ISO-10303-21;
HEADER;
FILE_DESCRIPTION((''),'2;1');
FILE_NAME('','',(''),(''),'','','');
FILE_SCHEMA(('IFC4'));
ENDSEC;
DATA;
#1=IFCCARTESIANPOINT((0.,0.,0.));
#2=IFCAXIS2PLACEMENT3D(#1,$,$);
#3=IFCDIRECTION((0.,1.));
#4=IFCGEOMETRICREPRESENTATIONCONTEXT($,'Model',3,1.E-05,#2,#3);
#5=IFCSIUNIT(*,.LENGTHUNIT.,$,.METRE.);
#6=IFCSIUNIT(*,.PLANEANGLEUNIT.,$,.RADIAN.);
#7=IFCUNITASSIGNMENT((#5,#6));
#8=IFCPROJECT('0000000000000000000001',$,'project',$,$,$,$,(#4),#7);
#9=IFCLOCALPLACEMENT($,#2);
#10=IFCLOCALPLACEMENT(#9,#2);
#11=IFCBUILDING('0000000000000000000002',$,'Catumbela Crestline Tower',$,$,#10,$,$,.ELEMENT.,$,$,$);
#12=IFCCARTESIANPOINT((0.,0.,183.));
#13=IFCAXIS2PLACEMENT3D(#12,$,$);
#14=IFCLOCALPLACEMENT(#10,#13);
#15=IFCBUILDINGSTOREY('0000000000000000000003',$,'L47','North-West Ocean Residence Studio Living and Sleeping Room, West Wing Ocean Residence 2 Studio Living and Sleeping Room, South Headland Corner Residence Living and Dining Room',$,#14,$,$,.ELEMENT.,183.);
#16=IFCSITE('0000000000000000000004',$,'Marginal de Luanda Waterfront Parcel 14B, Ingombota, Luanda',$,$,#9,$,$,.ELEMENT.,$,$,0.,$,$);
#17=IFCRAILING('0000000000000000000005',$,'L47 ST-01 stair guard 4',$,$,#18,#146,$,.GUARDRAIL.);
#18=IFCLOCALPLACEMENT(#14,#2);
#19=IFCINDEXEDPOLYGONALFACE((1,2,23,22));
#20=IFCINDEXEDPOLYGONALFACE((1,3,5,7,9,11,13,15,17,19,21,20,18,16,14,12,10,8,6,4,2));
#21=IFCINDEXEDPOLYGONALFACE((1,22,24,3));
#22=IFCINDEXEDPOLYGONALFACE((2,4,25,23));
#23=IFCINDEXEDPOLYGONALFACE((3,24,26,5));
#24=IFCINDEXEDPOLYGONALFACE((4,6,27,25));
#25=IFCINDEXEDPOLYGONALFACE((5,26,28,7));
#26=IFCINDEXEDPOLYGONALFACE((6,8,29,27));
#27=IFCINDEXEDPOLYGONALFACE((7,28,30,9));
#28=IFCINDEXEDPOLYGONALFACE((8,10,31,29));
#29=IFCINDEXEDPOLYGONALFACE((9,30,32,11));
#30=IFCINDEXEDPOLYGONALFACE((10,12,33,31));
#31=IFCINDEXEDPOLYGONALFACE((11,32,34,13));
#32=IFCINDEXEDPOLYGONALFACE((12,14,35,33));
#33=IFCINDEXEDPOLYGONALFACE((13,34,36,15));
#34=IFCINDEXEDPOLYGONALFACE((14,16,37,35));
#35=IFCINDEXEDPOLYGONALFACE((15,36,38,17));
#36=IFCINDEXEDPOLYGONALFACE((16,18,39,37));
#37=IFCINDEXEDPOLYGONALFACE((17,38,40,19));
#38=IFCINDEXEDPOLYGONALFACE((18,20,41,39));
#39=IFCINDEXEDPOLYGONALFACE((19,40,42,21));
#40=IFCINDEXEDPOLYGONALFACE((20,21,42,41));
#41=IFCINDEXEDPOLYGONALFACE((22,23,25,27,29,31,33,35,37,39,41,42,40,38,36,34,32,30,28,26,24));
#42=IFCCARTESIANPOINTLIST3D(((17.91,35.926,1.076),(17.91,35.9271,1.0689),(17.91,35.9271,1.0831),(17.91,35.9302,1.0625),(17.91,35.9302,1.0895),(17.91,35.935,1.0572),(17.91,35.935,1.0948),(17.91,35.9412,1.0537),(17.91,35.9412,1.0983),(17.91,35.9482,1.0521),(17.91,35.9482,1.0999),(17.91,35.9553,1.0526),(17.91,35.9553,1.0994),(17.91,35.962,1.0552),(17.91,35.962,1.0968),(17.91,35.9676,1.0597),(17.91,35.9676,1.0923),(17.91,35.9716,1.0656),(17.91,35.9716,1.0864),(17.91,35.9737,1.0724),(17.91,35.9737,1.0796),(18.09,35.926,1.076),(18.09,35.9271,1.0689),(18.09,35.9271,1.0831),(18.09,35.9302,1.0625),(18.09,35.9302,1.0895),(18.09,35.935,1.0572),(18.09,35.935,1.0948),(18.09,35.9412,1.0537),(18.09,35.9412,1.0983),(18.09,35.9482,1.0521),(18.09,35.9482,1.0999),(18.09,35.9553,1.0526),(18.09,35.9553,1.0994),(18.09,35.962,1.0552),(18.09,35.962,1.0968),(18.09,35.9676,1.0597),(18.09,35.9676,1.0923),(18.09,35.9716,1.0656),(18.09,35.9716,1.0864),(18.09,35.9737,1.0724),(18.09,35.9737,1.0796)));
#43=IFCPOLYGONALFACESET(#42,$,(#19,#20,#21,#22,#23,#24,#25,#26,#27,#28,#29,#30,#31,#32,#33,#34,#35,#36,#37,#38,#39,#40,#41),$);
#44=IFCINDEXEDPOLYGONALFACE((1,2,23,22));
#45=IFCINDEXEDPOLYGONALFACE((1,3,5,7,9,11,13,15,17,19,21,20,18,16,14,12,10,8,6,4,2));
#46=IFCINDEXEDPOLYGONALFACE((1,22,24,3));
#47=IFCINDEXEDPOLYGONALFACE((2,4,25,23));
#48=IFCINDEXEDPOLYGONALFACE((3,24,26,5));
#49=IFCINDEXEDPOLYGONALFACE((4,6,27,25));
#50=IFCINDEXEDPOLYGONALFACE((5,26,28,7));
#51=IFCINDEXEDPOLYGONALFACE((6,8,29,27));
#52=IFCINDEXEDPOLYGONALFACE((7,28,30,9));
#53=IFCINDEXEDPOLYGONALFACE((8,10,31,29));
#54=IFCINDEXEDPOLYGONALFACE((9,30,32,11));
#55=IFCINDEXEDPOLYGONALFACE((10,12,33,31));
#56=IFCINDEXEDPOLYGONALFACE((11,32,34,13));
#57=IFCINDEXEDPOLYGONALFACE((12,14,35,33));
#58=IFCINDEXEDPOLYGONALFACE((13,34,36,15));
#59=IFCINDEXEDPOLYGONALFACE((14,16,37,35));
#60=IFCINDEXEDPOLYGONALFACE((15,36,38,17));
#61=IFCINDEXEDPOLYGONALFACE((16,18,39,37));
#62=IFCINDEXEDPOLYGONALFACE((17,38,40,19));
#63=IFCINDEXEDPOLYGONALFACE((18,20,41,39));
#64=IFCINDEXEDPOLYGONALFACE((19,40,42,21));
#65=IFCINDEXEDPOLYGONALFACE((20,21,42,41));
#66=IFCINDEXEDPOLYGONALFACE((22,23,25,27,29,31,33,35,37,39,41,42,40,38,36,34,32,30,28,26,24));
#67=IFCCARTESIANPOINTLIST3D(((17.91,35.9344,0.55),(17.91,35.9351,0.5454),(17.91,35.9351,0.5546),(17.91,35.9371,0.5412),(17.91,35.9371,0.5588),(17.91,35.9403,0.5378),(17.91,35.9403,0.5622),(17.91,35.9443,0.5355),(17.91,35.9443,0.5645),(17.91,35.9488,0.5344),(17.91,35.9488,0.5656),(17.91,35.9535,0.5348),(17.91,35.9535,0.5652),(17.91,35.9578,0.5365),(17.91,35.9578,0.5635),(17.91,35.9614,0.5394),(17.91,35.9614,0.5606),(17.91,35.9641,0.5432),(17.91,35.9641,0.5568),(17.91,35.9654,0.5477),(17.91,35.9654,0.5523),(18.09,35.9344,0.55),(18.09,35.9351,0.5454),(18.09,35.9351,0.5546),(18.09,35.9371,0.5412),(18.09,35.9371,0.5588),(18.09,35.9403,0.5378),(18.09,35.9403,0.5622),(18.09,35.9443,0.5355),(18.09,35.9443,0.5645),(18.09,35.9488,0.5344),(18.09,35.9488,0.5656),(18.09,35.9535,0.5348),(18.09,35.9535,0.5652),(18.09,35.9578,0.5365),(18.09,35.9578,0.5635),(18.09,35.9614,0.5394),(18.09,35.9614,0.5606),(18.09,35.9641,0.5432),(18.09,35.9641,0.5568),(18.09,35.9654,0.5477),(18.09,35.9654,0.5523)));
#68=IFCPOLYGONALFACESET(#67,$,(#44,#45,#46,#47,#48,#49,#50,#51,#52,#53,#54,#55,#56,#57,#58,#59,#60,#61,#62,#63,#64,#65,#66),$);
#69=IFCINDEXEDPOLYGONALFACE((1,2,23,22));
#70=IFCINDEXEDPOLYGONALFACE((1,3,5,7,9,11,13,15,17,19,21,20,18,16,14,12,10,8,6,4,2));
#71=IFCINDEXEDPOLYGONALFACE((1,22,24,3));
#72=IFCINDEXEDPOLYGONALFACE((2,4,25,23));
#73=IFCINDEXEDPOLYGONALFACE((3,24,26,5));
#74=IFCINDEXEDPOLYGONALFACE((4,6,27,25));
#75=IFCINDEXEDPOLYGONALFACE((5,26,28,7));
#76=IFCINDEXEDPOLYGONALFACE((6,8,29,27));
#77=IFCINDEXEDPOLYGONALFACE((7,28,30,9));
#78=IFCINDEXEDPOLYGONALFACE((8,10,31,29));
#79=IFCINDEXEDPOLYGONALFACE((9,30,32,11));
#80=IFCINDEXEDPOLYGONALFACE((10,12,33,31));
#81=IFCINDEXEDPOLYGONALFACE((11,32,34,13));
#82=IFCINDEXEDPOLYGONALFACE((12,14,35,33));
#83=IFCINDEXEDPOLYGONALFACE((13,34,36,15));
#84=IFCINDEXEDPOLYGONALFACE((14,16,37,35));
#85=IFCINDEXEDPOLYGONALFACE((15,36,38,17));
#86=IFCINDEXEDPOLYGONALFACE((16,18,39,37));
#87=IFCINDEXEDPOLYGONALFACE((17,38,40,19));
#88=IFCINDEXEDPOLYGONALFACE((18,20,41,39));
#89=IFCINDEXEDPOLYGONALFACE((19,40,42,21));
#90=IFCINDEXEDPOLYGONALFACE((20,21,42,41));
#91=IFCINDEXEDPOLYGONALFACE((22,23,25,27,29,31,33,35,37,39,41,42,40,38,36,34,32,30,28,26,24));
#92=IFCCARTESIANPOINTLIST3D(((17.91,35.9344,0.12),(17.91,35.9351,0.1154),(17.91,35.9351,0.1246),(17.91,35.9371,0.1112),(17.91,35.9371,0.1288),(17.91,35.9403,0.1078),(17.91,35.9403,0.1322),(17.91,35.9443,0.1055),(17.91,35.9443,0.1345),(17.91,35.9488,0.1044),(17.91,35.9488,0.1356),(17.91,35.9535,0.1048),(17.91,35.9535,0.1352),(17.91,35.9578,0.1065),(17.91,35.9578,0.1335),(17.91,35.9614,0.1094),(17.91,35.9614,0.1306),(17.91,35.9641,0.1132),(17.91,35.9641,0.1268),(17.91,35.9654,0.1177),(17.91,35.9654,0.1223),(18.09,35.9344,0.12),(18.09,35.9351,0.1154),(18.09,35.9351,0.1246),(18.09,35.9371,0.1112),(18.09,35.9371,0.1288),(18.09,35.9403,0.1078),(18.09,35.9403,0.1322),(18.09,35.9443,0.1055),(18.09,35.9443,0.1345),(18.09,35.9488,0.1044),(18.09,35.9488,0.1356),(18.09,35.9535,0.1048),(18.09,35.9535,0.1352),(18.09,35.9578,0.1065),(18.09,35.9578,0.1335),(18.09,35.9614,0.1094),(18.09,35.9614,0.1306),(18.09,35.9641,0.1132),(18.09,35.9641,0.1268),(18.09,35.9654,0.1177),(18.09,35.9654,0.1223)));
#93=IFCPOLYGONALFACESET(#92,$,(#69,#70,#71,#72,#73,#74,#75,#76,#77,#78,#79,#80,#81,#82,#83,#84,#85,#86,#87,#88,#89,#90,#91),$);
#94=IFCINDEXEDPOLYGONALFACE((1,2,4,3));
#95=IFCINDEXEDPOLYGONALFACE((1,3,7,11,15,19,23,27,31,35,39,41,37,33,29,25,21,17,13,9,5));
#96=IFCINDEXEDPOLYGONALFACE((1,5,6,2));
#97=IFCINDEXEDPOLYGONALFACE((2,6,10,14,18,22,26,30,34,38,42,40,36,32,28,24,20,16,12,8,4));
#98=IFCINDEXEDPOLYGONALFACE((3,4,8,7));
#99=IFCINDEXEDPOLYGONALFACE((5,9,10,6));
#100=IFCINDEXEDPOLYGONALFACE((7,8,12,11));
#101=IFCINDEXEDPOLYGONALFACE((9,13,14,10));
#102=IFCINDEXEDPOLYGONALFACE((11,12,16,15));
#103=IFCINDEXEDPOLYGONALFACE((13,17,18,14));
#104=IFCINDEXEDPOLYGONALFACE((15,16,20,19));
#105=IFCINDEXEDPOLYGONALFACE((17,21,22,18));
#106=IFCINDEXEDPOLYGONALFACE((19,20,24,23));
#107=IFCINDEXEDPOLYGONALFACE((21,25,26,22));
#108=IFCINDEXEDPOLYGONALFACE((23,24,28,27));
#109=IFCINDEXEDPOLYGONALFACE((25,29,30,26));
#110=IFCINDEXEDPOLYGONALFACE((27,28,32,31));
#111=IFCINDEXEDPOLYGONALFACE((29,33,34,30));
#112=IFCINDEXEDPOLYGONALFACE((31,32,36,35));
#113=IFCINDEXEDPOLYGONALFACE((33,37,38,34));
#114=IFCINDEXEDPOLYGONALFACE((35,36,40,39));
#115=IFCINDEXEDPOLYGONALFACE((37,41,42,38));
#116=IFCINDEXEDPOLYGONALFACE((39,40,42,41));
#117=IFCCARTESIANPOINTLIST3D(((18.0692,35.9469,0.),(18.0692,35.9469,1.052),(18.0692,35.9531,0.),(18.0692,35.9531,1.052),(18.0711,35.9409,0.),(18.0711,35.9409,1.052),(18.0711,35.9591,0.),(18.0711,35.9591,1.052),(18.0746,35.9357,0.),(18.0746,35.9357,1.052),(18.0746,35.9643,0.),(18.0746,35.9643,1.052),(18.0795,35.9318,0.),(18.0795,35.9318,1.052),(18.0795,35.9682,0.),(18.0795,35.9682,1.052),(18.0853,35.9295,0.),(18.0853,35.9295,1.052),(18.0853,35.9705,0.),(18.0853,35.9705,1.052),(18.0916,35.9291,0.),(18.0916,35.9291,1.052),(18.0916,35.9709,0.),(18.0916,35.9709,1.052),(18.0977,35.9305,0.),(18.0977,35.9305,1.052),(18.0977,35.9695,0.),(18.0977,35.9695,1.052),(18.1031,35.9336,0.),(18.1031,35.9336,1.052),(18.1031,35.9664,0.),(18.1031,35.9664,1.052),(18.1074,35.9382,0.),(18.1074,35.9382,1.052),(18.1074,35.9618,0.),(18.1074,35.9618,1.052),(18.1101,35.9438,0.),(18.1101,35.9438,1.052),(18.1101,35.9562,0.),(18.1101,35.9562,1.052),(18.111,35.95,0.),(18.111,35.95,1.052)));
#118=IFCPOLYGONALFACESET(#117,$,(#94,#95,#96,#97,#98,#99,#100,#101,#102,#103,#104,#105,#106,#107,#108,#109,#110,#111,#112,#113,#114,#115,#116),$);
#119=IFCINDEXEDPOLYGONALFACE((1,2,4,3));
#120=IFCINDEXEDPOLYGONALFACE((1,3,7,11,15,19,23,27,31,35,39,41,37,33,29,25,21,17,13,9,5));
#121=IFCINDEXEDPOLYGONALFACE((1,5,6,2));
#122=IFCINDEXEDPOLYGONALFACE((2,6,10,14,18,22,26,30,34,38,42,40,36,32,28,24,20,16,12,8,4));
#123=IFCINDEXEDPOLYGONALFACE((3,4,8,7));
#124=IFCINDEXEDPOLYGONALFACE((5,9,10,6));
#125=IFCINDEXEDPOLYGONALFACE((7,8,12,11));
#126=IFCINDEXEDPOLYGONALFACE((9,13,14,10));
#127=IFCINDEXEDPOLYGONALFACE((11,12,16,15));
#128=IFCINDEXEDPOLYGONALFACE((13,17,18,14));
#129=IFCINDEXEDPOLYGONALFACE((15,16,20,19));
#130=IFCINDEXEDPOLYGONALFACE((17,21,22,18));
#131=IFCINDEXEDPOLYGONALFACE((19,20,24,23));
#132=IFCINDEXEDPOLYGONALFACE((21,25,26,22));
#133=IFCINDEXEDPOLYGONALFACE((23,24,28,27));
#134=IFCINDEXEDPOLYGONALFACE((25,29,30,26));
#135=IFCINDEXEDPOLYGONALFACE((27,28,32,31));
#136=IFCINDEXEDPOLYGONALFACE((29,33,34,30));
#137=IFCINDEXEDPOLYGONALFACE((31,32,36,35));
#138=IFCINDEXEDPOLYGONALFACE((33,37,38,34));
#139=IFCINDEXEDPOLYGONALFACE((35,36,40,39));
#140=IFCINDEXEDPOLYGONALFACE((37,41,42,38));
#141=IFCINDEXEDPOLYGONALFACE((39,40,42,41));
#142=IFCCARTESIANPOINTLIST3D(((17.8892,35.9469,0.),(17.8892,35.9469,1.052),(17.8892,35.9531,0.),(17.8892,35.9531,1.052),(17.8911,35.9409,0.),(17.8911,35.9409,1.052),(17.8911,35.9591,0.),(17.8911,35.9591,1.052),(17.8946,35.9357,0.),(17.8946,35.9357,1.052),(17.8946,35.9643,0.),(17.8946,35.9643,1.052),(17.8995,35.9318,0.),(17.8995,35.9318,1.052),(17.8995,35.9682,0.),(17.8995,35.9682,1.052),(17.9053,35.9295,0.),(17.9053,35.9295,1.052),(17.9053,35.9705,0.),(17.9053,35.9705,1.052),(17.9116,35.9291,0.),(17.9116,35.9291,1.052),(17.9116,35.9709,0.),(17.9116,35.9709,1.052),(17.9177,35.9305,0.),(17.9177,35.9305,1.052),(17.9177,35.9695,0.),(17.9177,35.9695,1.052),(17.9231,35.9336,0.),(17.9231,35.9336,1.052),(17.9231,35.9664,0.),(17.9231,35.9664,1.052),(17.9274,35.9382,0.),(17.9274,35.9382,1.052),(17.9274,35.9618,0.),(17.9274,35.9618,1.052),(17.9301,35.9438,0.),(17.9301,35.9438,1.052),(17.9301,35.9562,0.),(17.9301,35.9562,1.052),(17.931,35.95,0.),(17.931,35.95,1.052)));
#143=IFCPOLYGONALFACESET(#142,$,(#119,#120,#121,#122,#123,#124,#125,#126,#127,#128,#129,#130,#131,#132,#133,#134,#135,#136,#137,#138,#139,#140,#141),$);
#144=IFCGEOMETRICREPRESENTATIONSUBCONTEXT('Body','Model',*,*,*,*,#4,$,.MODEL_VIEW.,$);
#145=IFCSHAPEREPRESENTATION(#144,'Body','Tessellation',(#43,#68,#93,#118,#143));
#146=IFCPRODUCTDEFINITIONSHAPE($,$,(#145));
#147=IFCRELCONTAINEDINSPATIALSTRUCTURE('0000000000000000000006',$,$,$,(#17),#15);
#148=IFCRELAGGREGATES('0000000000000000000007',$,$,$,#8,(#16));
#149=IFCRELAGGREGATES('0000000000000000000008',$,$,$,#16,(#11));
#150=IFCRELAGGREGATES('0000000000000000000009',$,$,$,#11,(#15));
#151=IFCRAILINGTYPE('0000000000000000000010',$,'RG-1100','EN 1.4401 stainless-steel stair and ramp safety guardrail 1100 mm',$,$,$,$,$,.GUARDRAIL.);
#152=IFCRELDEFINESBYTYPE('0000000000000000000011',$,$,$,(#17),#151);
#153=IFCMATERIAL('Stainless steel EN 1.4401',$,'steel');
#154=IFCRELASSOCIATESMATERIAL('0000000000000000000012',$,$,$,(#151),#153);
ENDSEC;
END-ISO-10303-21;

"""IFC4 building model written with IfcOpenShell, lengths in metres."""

from ifc_helpers import new_model, si_unit, direction, frame, origin, origin_2d, place, context, subcontext, project, spatial, circle, extrude, material, type_object, element, save


model = new_model("IFC4")

# Units and contexts
model_context = context("Model", 3, precision=1e-05, world=origin(), true_north=direction((0.0, 1.0)))
body_context = subcontext(model_context, "Body", "Model", "MODEL_VIEW")
ifc_project = project(units=[si_unit("LENGTHUNIT", "METRE"), si_unit("PLANEANGLEUNIT", "RADIAN")], contexts=[model_context])

# Site, building, storey
site_placement = place(None, origin())
site = spatial("IfcSite", under=ifc_project, at=site_placement, Name="Marginal de Luanda Waterfront Parcel 14B, Ingombota, Luanda", CompositionType="ELEMENT", RefElevation=0.0)
building_placement = place(site_placement, origin())
building = spatial("IfcBuilding", under=site, at=building_placement, Name="Catumbela Crestline Tower", CompositionType="ELEMENT")
storey_placement = place(building_placement, frame((0.0, 0.0, 183.0)))
storey = spatial("IfcBuildingStorey", under=building, at=storey_placement, Name="L47", Description="North-West Ocean Residence Studio Living and Sleeping Room, West Wing Ocean Residence 2 Studio Living and Sleeping Room, South Headland Corner Residence Living and Dining Room", CompositionType="ELEMENT", Elevation=183.0)

# Shared definitions
ifc_material_1 = material(Name="Stainless steel EN 1.4401", Category="steel")

# Railing
railing_type_1 = type_object("IfcRailingType", Name="RG-1100", Description="EN 1.4401 stainless-steel stair and ramp safety guardrail 1100 mm", PredefinedType="GUARDRAIL", material=ifc_material_1)
railing_1_placement = place(storey_placement, frame((18.09, 35.95, 0.0)))
element("IfcRailing", 1, at=railing_1_placement, inside=storey, type_object=railing_type_1, Name="L47 ST-01 stair guard 4", PredefinedType="GUARDRAIL", context=body_context, shape_type="SweptSolid", body=[
    extrude(circle(Radius=0.024, at=origin_2d()), frame((0.0, 0.0, 1.076), z_axis=(-1.0, 0.0, 0.0), x_axis=(0.0, -1.0, 0.0)), (0.0, 0.0, 1.0), 0.18),
    extrude(circle(Radius=0.0156, at=origin_2d()), frame((0.0, 0.0, 0.55), z_axis=(-1.0, 0.0, 0.0), x_axis=(0.0, -1.0, 0.0)), (0.0, 0.0, 1.0), 0.18),
    extrude(circle(Radius=0.0156, at=origin_2d()), frame((0.0, 0.0, 0.12), z_axis=(-1.0, 0.0, 0.0), x_axis=(0.0, -1.0, 0.0)), (0.0, 0.0, 1.0), 0.18),
    extrude(circle(Radius=0.021, at=origin_2d()), origin(), (0.0, 0.0, 1.0), 1.052),
    extrude(circle(Radius=0.021, at=origin_2d()), frame((-0.18, 0.0, 0.0)), (0.0, 0.0, 1.0), 1.052),
])

save(model, "model.ifc")
